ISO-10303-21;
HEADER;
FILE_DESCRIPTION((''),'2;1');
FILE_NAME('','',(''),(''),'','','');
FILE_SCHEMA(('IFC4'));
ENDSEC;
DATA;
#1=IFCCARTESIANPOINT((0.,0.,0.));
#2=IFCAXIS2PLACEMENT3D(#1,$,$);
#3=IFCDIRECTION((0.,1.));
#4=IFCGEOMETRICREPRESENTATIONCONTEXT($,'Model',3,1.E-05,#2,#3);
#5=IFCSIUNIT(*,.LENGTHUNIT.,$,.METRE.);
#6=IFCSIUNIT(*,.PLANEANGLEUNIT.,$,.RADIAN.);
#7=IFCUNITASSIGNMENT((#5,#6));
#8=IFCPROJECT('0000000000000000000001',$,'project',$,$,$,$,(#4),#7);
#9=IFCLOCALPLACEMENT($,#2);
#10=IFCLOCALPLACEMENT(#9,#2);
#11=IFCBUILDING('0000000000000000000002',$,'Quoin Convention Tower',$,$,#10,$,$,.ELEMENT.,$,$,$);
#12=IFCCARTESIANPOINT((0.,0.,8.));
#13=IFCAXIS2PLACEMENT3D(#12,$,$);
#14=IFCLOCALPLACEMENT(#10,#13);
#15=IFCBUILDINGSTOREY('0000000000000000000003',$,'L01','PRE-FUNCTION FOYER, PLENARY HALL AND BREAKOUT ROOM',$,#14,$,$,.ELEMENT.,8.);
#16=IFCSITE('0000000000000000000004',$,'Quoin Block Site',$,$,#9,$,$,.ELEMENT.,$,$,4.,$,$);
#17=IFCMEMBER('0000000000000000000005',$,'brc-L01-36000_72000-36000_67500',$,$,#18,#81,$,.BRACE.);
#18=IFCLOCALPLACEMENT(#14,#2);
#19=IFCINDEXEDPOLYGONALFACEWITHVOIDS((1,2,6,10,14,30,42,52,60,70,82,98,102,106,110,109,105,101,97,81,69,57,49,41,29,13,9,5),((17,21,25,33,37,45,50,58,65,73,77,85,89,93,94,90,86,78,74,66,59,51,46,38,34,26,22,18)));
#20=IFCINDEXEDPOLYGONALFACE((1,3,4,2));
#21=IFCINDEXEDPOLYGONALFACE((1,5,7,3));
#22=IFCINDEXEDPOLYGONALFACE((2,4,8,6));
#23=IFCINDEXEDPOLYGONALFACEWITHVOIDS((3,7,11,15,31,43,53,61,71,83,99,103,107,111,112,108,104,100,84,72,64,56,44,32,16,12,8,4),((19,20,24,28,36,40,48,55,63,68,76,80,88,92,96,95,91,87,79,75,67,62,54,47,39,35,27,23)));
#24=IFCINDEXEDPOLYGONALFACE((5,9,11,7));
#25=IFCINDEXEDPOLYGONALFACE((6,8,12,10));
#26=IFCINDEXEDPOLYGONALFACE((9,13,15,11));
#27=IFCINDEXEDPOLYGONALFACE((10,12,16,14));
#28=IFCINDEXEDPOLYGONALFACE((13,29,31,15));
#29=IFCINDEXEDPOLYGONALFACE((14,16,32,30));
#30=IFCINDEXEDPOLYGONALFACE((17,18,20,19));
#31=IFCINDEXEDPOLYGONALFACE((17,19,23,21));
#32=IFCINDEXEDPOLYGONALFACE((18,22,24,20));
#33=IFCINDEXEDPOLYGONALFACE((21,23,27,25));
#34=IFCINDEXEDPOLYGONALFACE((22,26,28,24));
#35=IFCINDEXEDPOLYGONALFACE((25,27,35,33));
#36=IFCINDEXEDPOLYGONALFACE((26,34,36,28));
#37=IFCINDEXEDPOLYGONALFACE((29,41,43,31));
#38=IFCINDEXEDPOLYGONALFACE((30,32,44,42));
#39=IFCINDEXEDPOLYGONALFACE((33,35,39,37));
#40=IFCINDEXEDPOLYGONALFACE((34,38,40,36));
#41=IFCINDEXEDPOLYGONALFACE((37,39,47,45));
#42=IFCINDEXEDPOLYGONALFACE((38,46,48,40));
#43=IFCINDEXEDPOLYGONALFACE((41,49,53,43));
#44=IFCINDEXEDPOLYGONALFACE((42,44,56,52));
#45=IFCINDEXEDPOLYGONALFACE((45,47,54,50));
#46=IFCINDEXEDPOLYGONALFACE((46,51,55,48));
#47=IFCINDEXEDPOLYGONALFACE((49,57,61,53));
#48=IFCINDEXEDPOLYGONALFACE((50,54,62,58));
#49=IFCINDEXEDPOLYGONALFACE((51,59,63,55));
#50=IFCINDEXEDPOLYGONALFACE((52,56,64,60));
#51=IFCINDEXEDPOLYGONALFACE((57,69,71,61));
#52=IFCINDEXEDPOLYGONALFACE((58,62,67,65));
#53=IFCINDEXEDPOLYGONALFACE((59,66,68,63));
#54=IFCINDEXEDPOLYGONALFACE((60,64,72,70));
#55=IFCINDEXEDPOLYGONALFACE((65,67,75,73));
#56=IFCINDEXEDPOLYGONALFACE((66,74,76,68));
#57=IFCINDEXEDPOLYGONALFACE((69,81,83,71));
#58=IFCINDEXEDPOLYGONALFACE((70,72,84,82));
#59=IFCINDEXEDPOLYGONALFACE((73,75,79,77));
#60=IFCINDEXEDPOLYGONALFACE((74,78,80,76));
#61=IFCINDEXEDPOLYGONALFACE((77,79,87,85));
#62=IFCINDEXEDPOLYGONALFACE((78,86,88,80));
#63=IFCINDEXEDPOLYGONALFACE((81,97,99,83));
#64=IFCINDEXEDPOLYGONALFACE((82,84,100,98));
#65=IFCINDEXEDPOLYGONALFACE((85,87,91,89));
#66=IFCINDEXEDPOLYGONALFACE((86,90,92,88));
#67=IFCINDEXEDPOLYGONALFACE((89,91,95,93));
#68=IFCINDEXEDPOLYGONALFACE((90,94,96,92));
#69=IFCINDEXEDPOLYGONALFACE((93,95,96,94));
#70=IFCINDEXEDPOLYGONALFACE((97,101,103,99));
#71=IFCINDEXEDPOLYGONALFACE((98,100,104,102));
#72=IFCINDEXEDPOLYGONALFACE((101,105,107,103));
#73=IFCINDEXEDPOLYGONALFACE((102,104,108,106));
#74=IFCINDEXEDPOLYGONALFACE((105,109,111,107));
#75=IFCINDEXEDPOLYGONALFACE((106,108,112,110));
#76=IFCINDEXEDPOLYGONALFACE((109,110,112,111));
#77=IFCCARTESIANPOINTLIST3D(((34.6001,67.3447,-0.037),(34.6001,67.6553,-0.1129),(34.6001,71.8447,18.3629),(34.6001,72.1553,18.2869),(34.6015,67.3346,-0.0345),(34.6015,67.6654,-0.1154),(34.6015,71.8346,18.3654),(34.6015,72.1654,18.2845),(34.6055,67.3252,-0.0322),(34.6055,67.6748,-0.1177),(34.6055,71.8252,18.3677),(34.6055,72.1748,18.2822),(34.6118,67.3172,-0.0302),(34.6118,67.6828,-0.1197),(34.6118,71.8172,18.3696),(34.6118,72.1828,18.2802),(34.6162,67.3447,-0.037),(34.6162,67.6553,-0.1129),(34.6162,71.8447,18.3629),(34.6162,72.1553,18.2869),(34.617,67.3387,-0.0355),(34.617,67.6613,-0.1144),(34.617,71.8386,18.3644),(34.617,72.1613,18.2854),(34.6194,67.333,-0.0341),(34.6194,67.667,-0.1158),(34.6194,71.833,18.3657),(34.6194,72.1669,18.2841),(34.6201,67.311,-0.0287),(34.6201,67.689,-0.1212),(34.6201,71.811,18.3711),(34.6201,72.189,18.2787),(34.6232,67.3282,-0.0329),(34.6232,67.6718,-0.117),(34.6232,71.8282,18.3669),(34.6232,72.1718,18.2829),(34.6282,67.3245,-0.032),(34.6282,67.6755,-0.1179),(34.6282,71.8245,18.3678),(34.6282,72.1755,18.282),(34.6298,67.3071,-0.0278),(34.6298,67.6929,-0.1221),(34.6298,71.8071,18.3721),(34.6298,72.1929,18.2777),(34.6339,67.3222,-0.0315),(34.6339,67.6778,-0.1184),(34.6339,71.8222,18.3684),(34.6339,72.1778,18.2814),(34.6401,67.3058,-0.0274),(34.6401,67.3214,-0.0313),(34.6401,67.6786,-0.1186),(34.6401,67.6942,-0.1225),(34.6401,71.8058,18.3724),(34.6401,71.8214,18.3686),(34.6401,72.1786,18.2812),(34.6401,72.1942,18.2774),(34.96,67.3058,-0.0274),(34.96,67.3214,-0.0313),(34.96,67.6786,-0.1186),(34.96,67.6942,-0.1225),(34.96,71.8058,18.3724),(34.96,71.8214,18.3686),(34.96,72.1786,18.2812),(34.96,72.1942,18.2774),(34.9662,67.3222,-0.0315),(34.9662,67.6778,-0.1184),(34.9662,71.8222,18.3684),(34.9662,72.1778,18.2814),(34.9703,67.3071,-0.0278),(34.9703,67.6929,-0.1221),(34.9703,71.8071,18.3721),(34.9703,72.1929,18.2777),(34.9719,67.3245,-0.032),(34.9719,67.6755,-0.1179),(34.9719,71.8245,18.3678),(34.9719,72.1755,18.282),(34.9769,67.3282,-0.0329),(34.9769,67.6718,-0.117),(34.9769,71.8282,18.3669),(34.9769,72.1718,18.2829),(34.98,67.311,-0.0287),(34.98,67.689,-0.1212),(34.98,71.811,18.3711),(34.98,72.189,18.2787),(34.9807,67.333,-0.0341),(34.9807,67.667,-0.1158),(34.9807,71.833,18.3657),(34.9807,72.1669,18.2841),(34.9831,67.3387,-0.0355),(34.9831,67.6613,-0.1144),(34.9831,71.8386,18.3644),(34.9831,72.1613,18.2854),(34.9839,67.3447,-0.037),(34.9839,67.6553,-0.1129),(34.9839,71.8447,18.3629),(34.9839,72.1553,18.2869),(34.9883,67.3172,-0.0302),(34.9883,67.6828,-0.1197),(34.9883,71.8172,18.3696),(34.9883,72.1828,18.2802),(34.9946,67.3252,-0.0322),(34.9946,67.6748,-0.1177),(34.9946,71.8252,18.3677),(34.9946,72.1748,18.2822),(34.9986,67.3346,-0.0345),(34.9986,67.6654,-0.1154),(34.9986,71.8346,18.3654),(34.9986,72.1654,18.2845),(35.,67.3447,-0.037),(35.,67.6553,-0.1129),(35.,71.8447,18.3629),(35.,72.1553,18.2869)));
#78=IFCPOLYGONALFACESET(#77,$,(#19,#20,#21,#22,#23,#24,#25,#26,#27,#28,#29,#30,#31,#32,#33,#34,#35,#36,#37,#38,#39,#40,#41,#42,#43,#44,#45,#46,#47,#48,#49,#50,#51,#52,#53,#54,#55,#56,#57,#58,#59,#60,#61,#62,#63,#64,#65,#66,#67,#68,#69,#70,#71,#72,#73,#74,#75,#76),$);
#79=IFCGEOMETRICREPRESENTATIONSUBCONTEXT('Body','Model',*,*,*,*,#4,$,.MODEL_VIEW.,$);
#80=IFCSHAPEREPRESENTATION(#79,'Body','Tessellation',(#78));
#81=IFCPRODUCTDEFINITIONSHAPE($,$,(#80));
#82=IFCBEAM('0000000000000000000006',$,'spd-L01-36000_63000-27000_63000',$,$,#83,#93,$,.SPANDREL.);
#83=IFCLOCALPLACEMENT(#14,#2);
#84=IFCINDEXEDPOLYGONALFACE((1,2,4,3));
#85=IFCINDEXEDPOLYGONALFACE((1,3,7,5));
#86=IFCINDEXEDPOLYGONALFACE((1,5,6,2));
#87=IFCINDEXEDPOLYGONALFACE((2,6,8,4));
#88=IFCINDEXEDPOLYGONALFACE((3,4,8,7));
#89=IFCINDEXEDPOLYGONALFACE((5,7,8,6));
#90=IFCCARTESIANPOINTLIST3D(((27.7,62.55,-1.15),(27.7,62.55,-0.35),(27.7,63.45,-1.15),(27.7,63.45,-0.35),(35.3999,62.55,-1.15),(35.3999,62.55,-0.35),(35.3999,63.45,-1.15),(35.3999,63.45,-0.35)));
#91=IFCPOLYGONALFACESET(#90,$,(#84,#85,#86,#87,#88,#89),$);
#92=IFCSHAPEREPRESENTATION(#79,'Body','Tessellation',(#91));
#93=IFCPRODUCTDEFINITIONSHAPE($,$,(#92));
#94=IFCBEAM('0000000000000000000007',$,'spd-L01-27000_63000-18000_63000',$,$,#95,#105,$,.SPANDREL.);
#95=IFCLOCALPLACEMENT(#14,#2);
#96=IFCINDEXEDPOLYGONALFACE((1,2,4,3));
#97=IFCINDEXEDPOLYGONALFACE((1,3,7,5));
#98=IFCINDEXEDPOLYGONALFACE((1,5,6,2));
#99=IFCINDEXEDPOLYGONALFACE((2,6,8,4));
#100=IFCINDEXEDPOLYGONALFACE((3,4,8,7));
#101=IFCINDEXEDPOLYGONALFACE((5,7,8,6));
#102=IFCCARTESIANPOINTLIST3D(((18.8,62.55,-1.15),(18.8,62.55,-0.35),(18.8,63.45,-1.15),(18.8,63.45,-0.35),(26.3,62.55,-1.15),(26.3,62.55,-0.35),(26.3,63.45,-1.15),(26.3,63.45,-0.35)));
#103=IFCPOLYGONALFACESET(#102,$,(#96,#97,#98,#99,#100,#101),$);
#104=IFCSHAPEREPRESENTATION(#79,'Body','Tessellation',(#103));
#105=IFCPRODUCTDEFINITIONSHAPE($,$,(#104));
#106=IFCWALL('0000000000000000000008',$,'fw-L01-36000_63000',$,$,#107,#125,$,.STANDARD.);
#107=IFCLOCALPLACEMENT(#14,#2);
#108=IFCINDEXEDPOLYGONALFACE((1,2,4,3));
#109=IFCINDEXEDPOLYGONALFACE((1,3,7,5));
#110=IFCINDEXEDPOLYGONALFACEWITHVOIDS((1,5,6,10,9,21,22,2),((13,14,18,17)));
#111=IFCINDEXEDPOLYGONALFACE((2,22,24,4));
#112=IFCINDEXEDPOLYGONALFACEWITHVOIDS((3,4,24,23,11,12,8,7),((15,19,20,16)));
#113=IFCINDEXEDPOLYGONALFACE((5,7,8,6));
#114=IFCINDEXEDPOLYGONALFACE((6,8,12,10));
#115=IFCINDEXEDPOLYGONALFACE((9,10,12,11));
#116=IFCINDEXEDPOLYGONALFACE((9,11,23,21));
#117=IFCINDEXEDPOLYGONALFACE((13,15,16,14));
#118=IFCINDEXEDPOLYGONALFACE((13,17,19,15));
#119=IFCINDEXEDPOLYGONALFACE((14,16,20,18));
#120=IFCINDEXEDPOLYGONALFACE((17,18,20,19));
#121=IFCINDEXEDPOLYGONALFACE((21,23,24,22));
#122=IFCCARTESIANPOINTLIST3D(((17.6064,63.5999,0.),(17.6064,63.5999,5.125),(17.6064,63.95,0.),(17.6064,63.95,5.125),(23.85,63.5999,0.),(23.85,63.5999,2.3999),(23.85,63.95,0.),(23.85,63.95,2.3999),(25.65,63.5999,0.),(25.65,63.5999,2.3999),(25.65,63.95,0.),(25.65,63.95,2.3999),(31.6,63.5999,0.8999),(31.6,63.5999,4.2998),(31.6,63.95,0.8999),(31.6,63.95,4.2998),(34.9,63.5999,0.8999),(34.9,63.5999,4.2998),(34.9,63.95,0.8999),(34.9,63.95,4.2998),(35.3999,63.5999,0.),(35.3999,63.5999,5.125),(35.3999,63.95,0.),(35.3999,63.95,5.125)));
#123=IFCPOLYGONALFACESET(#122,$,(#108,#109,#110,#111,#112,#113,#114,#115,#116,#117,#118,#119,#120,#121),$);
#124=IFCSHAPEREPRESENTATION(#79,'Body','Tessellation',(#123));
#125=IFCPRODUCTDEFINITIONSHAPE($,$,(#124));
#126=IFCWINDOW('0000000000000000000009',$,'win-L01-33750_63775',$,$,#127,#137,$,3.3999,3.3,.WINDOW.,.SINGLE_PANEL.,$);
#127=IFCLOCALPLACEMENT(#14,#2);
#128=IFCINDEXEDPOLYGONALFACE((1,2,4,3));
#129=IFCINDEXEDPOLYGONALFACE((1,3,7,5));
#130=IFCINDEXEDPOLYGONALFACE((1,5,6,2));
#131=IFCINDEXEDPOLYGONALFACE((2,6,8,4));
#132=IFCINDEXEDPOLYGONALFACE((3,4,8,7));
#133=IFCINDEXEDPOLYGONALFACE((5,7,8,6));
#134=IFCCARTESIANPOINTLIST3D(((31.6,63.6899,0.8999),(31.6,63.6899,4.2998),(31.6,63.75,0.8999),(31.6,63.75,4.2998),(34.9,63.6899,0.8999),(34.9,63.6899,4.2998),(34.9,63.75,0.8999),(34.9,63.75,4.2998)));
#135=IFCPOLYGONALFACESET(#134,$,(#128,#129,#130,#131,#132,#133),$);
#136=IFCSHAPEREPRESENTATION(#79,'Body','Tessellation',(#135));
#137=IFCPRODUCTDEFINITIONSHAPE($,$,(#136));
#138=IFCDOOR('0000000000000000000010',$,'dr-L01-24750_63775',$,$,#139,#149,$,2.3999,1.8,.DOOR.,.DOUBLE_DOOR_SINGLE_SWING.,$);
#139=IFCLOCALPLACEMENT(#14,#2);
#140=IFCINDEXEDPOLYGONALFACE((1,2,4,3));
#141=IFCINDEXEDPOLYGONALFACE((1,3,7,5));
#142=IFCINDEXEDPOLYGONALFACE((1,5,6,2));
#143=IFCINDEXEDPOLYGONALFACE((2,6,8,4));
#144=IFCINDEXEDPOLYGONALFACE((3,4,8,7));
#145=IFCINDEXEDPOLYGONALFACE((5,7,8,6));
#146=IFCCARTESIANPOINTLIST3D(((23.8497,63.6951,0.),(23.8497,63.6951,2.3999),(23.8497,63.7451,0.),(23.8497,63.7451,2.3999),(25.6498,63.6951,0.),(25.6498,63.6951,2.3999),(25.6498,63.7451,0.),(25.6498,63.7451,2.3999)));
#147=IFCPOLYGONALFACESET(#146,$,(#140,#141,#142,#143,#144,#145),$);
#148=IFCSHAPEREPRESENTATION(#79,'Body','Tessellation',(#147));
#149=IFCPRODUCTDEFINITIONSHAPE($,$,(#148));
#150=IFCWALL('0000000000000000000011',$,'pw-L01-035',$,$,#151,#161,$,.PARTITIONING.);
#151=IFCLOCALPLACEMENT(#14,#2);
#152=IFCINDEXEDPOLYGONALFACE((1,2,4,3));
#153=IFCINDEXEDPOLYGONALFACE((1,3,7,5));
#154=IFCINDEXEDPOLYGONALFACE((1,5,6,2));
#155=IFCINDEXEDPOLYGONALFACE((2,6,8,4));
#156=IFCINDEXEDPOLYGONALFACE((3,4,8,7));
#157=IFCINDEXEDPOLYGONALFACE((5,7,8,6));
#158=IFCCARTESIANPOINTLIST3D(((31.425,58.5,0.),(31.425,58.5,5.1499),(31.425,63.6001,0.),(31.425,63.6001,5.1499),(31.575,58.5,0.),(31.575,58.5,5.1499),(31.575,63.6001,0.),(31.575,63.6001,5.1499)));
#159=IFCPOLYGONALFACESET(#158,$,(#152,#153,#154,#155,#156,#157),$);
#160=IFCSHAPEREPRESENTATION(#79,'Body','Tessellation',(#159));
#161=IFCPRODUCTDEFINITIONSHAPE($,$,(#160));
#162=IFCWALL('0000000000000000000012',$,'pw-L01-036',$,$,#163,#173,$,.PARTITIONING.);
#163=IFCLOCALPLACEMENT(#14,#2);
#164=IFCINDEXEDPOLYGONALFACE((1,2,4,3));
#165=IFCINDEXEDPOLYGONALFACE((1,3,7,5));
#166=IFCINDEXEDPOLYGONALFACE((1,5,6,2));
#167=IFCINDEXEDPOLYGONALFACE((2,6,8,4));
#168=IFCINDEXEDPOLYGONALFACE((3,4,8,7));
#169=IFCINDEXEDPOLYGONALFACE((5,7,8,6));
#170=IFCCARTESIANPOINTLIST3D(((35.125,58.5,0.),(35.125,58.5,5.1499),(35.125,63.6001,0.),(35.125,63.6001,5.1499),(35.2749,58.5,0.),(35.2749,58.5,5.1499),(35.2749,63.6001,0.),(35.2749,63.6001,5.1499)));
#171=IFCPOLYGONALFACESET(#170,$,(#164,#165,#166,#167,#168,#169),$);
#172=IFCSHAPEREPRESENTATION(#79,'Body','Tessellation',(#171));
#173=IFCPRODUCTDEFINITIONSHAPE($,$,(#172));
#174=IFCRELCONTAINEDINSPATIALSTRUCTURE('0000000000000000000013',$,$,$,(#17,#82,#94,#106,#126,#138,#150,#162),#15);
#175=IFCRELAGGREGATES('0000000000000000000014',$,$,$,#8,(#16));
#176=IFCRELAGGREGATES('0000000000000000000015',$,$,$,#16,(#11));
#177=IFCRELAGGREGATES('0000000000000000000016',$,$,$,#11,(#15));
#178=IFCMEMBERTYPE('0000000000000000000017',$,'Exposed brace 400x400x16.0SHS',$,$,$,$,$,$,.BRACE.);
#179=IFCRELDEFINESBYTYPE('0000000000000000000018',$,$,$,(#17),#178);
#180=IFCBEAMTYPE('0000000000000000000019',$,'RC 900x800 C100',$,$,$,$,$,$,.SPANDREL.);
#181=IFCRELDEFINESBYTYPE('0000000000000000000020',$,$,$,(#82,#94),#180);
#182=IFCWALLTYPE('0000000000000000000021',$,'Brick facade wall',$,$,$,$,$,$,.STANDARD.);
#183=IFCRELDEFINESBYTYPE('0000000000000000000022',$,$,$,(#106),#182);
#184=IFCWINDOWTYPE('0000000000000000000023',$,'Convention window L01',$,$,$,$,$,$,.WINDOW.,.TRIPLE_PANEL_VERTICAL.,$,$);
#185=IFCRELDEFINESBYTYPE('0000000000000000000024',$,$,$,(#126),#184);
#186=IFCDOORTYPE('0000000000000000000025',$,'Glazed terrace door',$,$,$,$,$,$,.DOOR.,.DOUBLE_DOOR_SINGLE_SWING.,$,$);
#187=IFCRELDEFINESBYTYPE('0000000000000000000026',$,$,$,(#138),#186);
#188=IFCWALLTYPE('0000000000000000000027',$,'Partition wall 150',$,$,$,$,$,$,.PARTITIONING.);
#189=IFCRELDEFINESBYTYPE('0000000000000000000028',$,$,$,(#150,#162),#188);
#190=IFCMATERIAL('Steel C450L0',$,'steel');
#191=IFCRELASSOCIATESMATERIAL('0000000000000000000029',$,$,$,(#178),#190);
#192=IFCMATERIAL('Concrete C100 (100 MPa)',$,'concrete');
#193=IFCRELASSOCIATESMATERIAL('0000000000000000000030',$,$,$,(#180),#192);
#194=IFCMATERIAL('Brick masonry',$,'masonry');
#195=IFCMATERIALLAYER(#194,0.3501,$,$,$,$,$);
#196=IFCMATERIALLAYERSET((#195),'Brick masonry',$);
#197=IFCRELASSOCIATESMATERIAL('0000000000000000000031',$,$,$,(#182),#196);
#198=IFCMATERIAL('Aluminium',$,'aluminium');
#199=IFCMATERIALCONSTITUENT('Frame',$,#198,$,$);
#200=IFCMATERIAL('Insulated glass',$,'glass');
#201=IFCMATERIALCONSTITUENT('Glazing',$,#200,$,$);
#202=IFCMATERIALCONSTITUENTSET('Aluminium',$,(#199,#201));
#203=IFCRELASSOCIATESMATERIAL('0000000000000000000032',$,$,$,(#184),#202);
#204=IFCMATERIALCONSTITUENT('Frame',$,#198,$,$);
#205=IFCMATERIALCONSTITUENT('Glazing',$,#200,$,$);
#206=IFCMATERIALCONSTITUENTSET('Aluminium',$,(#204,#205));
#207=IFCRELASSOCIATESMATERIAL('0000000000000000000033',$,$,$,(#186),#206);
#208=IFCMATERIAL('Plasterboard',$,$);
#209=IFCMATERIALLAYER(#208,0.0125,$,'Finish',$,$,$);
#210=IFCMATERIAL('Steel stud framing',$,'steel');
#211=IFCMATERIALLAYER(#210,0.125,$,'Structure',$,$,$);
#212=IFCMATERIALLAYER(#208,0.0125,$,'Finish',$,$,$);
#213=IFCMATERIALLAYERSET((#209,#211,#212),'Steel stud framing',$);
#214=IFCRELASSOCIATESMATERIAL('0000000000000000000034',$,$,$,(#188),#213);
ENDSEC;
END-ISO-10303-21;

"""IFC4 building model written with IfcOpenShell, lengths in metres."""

from ifc_helpers import new_model, si_unit, direction, frame, frame_2d, origin, origin_2d, place, context, subcontext, project, spatial, rectangle, hollow_rectangle, extrude, material, layer, layer_set, constituent, constituent_set, material_profile, profile_set, type_object, element, fill, save


model = new_model("IFC4")

# Units and contexts
model_context = context("Model", 3, precision=1e-05, world=origin(), true_north=direction((0.0, 1.0)))
body_context = subcontext(model_context, "Body", "Model", "MODEL_VIEW")
ifc_project = project(units=[si_unit("LENGTHUNIT", "METRE"), si_unit("PLANEANGLEUNIT", "RADIAN")], contexts=[model_context])

# Site, building, storey
site_placement = place(None, origin())
site = spatial("IfcSite", under=ifc_project, at=site_placement, Name="Quoin Block Site", CompositionType="ELEMENT", RefElevation=4.0)
building_placement = place(site_placement, origin())
building = spatial("IfcBuilding", under=site, at=building_placement, Name="Quoin Convention Tower", CompositionType="ELEMENT")
storey_placement = place(building_placement, frame((0.0, 0.0, 8.0)))
storey = spatial("IfcBuildingStorey", under=building, at=storey_placement, Name="L01", Description="PRE-FUNCTION FOYER, PLENARY HALL AND BREAKOUT ROOM", CompositionType="ELEMENT", Elevation=8.0)

# Shared definitions
ifc_material_1 = material(Name="Concrete C100 (100 MPa)", Category="concrete")

# Shared definitions
ifc_material_2 = material(Name="Steel C450L0", Category="steel")

# Member
ifc_material_profile_1 = material_profile(ifc_material_2, hollow_rectangle(XDim=0.3999, YDim=0.3999, WallThickness=0.0161, InnerFilletRadius=0.0239, OuterFilletRadius=0.04, at=origin_2d()), Name="400x400x16.0SHS")
ifc_profile_set_1 = profile_set([ifc_material_profile_1], Name="Steel C450L0")
member_type_1 = type_object("IfcMemberType", Name="Exposed brace 400x400x16.0SHS", PredefinedType="BRACE", material=ifc_profile_set_1)
for number, where, z_axis, x_axis, name in (
    (1, (34.8, 67.5, -0.075), (0.0, 0.237565, 0.971372), (-1.0, 0.0, 0.0), "brc-L01-36000_72000-36000_67500"),
):
    element("IfcMember", number, at=place(storey_placement, frame(where, z_axis=z_axis, x_axis=x_axis)), inside=storey, type_object=member_type_1, Name=name, PredefinedType="BRACE", context=body_context, shape_type="SweptSolid", body=[
        extrude(hollow_rectangle(XDim=0.3999, YDim=0.3999, WallThickness=0.0161, InnerFilletRadius=0.0239, OuterFilletRadius=0.04, at=origin_2d()), origin(), (0.0, 0.0, 1.0), 18.9421),
    ])

# Beams
ifc_material_profile_2 = material_profile(ifc_material_1, rectangle(XDim=0.8999, YDim=0.8, at=origin_2d()), Name="RC 900x800")
ifc_profile_set_2 = profile_set([ifc_material_profile_2], Name="Concrete C100 (100 MPa)")
beam_type_1 = type_object("IfcBeamType", Name="RC 900x800 C100", PredefinedType="SPANDREL", material=ifc_profile_set_2)
beam_1_placement = place(storey_placement, frame((35.3999, 63.0, -0.75), z_axis=(-1.0, 0.0, 0.0), x_axis=(0.0, -1.0, 0.0)))
element("IfcBeam", 2, at=beam_1_placement, inside=storey, type_object=beam_type_1, Name="spd-L01-36000_63000-27000_63000", PredefinedType="SPANDREL", context=body_context, shape_type="SweptSolid", body=[
    extrude(rectangle(XDim=0.8999, YDim=0.8, at=origin_2d()), origin(), (0.0, 0.0, 1.0), 7.7),
])
beam_2_placement = place(storey_placement, frame((26.3, 63.0, -0.75), z_axis=(-1.0, 0.0, 0.0), x_axis=(0.0, -1.0, 0.0)))
element("IfcBeam", 3, at=beam_2_placement, inside=storey, type_object=beam_type_1, Name="spd-L01-27000_63000-18000_63000", PredefinedType="SPANDREL", context=body_context, shape_type="SweptSolid", body=[
    extrude(rectangle(XDim=0.8999, YDim=0.8, at=origin_2d()), origin(), (0.0, 0.0, 1.0), 7.5),
])

# Wall, openings, window, door
ifc_material_3 = material(Name="Brick masonry", Category="masonry")
ifc_layer_1 = layer(ifc_material_3, 0.3501)
ifc_layer_set_1 = layer_set([ifc_layer_1], Name="Brick masonry")
wall_type_1 = type_object("IfcWallType", Name="Brick facade wall", PredefinedType="STANDARD", material=ifc_layer_set_1)
wall_placement = place(storey_placement, frame((35.3999, 63.7749, 0.0), z_axis=(0.0, 0.0, 1.0), x_axis=(-1.0, 0.0, 0.0)))
wall = element("IfcWall", 4, at=wall_placement, inside=storey, type_object=wall_type_1, Name="fw-L01-36000_63000", PredefinedType="STANDARD", context=body_context, shape_type="SweptSolid", body=[
    extrude(rectangle(XDim=17.7935, YDim=0.3501, at=frame_2d((8.8967, 0.0))), origin(), (0.0, 0.0, 1.0), 5.125),
])
opening_1_placement = place(wall_placement, frame((0.5, 0.0, 0.8999)))
opening_1 = element("IfcOpeningElement", 5, at=opening_1_placement, cuts=wall, PredefinedType="OPENING", context=body_context, shape_type="SweptSolid", body=[
    extrude(rectangle(XDim=3.3, YDim=3.3999, at=frame_2d((1.6499, 1.7))), frame((0.0, 0.1851, 0.0), z_axis=(0.0, -1.0, 0.0), x_axis=(1.0, 0.0, 0.0)), (0.0, 0.0, 1.0), 0.3701),
])
opening_2_placement = place(wall_placement, frame((9.75, 0.0, 0.0)))
opening_2 = element("IfcOpeningElement", 6, at=opening_2_placement, cuts=wall, PredefinedType="OPENING", context=body_context, shape_type="SweptSolid", body=[
    extrude(rectangle(XDim=1.8, YDim=2.3999, at=frame_2d((0.8999, 1.2))), frame((0.0, 0.1851, 0.0), z_axis=(0.0, -1.0, 0.0), x_axis=(1.0, 0.0, 0.0)), (0.0, 0.0, 1.0), 0.3701),
])
ifc_material_4 = material(Name="Aluminium", Category="aluminium")
ifc_constituent_1 = constituent(ifc_material_4, Name="Frame")
ifc_material_5 = material(Name="Insulated glass", Category="glass")
ifc_constituent_2 = constituent(ifc_material_5, Name="Glazing")
ifc_constituent_set_1 = constituent_set(constituents=[ifc_constituent_1, ifc_constituent_2], Name="Aluminium")
window_type = type_object("IfcWindowType", Name="Convention window L01", PartitioningType="TRIPLE_PANEL_VERTICAL", PredefinedType="WINDOW", material=ifc_constituent_set_1)
window_placement = place(opening_1_placement, origin())
window = element("IfcWindow", 7, at=window_placement, inside=storey, type_object=window_type, Name="win-L01-33750_63775", OverallHeight=3.3999, OverallWidth=3.3, PartitioningType="SINGLE_PANEL", PredefinedType="WINDOW", context=body_context, shape_type="SweptSolid", body=[
    extrude(rectangle(XDim=3.3, YDim=3.3999, at=frame_2d((1.6499, 1.7))), frame((0.0, 0.085, 0.0), z_axis=(0.0, -1.0, 0.0), x_axis=(1.0, 0.0, 0.0)), (0.0, 0.0, 1.0), 0.0601),
])
fill(opening_1, window)
ifc_constituent_3 = constituent(ifc_material_4, Name="Frame")
ifc_constituent_4 = constituent(ifc_material_5, Name="Glazing")
ifc_constituent_set_2 = constituent_set(constituents=[ifc_constituent_3, ifc_constituent_4], Name="Aluminium")
door_type = type_object("IfcDoorType", Name="Glazed terrace door", OperationType="DOUBLE_DOOR_SINGLE_SWING", PredefinedType="DOOR", material=ifc_constituent_set_2)
door_placement = place(opening_2_placement, frame((1.8, 0.0, 0.0), z_axis=(0.0, 0.0, 1.0), x_axis=(-1.0, 0.0, 0.0)))
door = element("IfcDoor", 8, at=door_placement, inside=storey, type_object=door_type, Name="dr-L01-24750_63775", OperationType="DOUBLE_DOOR_SINGLE_SWING", OverallHeight=2.3999, OverallWidth=1.8, PredefinedType="DOOR", context=body_context, shape_type="SweptSolid", body=[
    extrude(rectangle(XDim=1.8, YDim=2.3999, at=frame_2d((0.8999, 1.2))), frame((0.0, -0.0298, 0.0), z_axis=(0.0, -1.0, 0.0), x_axis=(1.0, 0.0, 0.0)), (0.0, 0.0, 1.0), 0.05),
])
fill(opening_2, door)

# Walls
ifc_material_6 = material(Name="Plasterboard")
ifc_layer_2 = layer(ifc_material_6, 0.0125, Name="Finish")
ifc_material_7 = material(Name="Steel stud framing", Category="steel")
ifc_layer_3 = layer(ifc_material_7, 0.125, Name="Structure")
ifc_layer_4 = layer(ifc_material_6, 0.0125, Name="Finish")
ifc_layer_set_2 = layer_set([ifc_layer_2, ifc_layer_3, ifc_layer_4], Name="Steel stud framing")
wall_type_2 = type_object("IfcWallType", Name="Partition wall 150", PredefinedType="PARTITIONING", material=ifc_layer_set_2)
for number, where, z_axis, x_axis, name in (
    (9, (31.5, 58.5, 0.0), (0.0, 0.0, 1.0), (0.0, 1.0, 0.0), "pw-L01-035"),
    (10, (35.2, 58.5, 0.0), (0.0, 0.0, 1.0), (0.0, 1.0, 0.0), "pw-L01-036"),
):
    element("IfcWall", number, at=place(storey_placement, frame(where, z_axis=z_axis, x_axis=x_axis)), inside=storey, type_object=wall_type_2, Name=name, PredefinedType="PARTITIONING", context=body_context, shape_type="SweptSolid", body=[
        extrude(rectangle(XDim=5.1001, YDim=0.1499, at=frame_2d((2.55, 0.0))), origin(), (0.0, 0.0, 1.0), 5.1499),
    ])

save(model, "model.ifc")
